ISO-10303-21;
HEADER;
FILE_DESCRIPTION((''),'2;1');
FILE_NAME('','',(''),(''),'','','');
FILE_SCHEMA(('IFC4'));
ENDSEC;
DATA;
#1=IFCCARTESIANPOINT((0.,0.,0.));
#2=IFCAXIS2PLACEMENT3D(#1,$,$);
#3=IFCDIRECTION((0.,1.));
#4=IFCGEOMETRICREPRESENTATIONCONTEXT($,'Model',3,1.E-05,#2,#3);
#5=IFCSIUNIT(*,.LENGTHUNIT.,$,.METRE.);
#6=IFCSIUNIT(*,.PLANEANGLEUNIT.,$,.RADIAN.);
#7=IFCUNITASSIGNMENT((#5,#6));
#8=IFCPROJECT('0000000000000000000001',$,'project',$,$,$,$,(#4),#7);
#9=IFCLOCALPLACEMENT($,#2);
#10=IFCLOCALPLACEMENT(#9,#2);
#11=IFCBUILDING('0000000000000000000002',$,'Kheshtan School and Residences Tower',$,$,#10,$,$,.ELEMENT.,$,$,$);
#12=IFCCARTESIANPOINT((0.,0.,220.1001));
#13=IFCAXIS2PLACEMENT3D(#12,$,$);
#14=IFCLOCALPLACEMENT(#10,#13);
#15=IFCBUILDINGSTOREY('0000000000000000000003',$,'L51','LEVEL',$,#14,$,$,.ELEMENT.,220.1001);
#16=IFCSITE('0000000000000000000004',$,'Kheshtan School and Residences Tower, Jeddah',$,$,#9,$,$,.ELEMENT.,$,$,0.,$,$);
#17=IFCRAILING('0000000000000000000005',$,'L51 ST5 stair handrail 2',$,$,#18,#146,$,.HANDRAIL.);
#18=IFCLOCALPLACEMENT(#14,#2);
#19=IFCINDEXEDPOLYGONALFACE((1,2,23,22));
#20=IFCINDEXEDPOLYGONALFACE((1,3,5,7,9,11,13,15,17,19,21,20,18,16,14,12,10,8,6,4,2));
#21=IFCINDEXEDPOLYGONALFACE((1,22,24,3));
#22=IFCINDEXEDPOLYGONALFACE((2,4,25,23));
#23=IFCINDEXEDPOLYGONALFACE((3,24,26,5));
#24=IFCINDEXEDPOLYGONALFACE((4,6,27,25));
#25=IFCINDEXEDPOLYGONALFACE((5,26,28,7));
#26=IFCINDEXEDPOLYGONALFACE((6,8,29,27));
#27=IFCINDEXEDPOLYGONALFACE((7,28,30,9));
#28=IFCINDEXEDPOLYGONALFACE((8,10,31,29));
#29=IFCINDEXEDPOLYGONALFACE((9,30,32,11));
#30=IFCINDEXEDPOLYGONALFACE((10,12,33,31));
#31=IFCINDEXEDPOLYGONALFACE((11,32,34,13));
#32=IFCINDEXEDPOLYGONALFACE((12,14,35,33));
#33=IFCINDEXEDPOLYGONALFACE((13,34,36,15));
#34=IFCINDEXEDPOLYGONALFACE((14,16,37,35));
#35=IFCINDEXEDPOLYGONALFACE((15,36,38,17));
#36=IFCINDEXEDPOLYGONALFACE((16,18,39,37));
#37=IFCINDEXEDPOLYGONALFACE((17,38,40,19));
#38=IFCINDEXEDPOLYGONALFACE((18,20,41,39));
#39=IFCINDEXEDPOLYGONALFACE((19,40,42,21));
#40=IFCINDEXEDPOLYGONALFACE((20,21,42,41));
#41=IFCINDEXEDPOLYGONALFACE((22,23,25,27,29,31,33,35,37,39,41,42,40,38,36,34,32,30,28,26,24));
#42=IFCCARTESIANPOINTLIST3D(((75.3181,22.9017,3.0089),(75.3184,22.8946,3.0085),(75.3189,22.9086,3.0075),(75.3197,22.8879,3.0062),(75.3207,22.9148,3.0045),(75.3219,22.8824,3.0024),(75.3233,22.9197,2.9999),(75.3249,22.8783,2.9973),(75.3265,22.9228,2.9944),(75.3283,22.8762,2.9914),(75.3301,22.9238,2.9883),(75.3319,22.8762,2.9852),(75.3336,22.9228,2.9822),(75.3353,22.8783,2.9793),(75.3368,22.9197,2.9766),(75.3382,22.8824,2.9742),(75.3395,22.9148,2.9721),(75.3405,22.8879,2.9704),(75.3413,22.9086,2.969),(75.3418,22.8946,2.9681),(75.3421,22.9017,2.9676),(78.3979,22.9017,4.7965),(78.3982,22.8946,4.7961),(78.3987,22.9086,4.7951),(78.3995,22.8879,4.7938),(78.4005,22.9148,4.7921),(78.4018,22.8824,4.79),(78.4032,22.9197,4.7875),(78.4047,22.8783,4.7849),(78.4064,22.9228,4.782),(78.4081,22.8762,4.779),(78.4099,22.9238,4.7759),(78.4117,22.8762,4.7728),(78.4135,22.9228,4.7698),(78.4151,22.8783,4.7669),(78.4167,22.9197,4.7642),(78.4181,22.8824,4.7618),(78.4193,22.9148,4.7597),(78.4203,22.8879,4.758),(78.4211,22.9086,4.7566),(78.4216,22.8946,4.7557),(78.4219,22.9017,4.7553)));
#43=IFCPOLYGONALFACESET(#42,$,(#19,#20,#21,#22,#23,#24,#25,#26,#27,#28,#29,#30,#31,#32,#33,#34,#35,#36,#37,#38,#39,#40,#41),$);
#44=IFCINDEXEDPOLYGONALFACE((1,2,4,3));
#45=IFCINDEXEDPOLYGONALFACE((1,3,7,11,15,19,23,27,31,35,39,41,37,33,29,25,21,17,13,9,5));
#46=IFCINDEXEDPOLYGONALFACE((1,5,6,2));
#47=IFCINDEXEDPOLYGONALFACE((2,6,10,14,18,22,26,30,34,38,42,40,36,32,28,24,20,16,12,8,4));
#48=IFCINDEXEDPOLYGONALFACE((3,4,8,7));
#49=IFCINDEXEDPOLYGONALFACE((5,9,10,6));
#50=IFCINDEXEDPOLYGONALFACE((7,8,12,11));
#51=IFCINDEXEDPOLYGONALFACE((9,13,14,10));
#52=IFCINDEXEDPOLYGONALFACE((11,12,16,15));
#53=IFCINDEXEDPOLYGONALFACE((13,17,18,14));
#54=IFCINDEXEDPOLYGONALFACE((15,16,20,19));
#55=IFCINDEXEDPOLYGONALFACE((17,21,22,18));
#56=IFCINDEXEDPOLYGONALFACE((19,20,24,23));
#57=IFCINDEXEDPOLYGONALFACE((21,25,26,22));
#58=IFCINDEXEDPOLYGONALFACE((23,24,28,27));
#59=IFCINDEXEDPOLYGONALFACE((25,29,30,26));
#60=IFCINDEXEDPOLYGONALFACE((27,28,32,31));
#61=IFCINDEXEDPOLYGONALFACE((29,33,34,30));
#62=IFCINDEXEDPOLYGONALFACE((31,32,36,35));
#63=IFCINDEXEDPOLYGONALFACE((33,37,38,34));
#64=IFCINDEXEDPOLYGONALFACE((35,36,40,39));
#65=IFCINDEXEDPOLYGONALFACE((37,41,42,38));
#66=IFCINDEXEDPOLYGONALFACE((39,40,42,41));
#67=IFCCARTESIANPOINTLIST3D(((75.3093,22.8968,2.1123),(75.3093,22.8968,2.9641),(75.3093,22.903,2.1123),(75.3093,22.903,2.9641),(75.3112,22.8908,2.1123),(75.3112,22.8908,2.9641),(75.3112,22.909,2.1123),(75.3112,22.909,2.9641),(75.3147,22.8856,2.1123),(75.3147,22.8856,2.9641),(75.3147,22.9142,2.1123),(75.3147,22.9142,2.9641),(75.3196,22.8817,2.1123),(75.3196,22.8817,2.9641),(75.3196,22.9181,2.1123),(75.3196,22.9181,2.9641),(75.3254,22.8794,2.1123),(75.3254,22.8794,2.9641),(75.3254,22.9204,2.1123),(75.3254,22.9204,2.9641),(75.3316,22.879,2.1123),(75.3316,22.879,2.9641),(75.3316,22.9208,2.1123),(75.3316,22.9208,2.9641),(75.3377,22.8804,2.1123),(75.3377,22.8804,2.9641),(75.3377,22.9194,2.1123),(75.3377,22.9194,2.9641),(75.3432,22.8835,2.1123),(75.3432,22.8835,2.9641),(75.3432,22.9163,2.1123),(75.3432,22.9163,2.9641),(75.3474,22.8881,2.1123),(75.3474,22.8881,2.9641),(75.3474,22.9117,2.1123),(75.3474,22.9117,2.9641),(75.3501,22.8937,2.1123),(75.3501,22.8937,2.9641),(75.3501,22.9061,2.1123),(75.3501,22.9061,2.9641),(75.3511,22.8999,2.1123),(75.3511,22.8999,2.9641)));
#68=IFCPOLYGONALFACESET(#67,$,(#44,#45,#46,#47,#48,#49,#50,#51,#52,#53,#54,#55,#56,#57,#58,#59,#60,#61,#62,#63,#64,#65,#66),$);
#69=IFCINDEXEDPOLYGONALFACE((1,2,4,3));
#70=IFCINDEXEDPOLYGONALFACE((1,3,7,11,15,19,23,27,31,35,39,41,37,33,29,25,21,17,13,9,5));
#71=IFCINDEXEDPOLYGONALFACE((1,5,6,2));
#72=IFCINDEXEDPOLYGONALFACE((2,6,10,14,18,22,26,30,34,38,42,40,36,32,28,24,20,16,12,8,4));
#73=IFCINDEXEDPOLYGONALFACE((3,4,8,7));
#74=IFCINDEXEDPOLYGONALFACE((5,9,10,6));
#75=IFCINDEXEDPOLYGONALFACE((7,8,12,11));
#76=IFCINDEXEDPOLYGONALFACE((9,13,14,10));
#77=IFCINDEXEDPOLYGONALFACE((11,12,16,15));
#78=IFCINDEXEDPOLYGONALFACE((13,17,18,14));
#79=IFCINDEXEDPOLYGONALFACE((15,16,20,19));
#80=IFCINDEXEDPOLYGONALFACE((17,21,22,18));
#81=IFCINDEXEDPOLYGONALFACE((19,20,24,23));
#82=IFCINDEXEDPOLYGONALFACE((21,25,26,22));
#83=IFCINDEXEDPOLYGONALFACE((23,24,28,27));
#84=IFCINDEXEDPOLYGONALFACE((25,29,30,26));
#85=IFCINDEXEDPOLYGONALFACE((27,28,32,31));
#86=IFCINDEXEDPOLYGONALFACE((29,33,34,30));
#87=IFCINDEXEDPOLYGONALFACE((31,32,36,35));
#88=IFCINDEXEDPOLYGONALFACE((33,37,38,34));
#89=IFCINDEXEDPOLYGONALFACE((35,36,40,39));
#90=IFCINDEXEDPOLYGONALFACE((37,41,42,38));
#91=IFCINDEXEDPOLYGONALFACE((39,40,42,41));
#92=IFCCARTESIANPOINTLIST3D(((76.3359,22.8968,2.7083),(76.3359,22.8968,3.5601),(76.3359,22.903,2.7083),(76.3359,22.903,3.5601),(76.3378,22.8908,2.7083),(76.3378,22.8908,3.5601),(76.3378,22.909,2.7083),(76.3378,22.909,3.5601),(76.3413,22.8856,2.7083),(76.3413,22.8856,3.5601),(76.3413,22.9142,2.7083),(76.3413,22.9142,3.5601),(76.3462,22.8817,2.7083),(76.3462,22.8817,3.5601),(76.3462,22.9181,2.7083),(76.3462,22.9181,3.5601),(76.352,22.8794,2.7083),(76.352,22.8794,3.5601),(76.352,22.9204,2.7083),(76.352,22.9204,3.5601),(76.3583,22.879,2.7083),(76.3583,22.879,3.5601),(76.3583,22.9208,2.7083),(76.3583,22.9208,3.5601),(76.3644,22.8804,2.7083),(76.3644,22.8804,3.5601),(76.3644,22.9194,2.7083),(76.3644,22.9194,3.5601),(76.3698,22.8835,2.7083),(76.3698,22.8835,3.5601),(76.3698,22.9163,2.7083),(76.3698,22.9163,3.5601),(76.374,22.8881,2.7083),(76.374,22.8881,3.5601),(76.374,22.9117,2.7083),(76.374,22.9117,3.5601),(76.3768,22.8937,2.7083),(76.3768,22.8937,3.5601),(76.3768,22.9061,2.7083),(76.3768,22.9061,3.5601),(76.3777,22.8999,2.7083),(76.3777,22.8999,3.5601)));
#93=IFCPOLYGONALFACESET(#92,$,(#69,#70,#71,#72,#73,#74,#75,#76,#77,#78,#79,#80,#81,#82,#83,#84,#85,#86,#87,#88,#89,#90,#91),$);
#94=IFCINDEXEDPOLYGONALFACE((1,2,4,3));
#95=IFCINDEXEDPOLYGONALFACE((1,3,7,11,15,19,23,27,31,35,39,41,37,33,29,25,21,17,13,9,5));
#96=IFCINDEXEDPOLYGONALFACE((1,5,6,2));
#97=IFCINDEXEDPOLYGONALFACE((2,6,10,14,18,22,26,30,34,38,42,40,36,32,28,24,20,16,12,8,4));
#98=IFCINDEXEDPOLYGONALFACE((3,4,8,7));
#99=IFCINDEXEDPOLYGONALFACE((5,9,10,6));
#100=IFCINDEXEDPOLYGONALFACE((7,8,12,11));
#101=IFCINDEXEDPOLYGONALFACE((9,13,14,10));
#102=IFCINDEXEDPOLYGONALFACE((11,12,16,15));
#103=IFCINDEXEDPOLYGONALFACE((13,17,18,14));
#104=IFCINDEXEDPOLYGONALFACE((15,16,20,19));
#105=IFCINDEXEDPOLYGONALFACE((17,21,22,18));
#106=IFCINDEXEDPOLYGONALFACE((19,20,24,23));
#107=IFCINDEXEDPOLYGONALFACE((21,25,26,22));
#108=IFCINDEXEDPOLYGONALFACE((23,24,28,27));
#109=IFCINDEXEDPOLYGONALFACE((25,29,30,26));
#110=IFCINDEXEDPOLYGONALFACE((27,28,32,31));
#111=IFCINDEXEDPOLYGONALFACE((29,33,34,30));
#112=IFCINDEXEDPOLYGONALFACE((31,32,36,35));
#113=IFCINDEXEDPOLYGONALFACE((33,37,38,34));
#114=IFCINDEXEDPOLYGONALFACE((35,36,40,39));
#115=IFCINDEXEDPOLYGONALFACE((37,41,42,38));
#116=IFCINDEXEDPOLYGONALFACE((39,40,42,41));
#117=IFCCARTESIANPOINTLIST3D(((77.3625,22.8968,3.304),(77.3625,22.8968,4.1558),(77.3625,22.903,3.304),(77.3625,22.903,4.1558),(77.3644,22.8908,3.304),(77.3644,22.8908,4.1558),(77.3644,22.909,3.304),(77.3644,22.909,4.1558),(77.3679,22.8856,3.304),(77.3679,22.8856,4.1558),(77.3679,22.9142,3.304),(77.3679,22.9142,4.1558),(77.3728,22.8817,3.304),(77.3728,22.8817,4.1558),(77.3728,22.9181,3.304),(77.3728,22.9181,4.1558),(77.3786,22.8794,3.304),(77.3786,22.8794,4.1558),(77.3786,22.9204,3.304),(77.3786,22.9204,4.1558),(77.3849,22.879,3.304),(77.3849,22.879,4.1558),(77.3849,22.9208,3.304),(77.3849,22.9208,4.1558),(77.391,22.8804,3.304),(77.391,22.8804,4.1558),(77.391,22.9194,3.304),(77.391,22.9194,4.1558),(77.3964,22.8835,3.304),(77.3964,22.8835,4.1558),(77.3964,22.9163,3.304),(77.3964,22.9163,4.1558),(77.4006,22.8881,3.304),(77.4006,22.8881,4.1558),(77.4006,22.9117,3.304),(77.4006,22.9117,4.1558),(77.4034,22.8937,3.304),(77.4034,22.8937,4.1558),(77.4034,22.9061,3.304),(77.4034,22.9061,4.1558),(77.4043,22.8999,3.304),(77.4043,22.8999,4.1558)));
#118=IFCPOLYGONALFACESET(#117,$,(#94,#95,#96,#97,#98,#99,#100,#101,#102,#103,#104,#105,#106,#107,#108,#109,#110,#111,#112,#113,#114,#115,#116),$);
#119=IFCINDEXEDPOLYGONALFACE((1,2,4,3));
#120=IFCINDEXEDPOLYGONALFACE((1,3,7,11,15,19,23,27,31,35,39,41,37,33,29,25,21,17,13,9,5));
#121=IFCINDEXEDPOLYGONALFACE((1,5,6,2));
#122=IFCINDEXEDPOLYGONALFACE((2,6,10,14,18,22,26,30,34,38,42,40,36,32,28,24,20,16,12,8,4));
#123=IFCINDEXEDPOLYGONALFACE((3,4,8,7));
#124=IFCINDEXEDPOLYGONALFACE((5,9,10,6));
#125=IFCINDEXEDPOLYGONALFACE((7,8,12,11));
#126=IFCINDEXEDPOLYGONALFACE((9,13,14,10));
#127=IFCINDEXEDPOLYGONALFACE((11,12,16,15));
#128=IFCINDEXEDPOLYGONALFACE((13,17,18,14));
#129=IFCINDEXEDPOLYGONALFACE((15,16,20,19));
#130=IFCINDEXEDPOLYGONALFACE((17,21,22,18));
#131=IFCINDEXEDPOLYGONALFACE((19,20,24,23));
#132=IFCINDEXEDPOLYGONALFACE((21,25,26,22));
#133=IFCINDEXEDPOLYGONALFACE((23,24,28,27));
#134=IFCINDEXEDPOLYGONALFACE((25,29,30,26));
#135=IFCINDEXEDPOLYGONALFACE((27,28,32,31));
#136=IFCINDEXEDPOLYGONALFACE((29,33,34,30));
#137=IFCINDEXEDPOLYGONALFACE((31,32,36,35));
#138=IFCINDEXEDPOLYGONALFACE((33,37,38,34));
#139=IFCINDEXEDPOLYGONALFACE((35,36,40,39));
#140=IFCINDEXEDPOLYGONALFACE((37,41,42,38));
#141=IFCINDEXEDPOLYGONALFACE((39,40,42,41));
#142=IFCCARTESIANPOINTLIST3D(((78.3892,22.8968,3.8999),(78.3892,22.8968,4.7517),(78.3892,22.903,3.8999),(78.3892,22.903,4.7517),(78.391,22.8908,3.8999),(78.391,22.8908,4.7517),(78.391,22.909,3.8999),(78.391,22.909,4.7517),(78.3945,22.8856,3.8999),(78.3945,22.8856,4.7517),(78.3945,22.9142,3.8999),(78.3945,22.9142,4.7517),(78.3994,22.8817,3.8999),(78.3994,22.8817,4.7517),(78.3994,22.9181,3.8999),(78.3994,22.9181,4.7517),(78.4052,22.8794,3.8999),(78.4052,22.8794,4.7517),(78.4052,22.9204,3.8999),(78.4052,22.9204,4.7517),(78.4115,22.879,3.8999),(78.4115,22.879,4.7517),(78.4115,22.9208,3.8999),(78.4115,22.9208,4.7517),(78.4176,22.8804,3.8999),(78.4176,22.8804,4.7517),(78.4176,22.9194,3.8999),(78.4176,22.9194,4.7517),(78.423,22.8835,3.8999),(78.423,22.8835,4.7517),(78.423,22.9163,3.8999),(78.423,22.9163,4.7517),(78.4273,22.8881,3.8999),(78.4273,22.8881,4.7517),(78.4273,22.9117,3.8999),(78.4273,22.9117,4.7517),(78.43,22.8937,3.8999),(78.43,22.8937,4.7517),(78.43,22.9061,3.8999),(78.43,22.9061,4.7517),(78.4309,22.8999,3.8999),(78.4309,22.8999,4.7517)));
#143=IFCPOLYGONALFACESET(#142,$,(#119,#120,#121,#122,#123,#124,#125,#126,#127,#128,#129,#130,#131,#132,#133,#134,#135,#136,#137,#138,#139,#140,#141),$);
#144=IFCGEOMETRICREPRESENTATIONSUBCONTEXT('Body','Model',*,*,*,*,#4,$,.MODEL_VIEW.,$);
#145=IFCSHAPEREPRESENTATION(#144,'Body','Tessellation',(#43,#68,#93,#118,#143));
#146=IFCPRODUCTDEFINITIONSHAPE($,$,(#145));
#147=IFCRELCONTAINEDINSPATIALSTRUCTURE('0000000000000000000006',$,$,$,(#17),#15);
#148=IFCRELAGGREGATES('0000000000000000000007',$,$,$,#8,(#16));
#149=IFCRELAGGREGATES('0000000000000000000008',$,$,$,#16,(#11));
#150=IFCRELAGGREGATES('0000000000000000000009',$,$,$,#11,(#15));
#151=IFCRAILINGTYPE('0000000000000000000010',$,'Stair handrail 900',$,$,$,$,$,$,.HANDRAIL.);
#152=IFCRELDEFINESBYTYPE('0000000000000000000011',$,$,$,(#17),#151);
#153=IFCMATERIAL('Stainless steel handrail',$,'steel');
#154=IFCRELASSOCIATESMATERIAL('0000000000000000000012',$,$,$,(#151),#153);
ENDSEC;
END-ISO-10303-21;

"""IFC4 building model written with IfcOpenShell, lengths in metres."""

from ifc_helpers import new_model, si_unit, direction, frame, origin, origin_2d, place, context, subcontext, project, spatial, circle, extrude, material, type_object, element, save


model = new_model("IFC4")

# Units and contexts
model_context = context("Model", 3, precision=1e-05, world=origin(), true_north=direction((0.0, 1.0)))
body_context = subcontext(model_context, "Body", "Model", "MODEL_VIEW")
ifc_project = project(units=[si_unit("LENGTHUNIT", "METRE"), si_unit("PLANEANGLEUNIT", "RADIAN")], contexts=[model_context])

# Site, building, storey
site_placement = place(None, origin())
site = spatial("IfcSite", under=ifc_project, at=site_placement, Name="Kheshtan School and Residences Tower, Jeddah", CompositionType="ELEMENT", RefElevation=0.0)
building_placement = place(site_placement, origin())
building = spatial("IfcBuilding", under=site, at=building_placement, Name="Kheshtan School and Residences Tower", CompositionType="ELEMENT")
storey_placement = place(building_placement, frame((0.0, 0.0, 220.1001)))
storey = spatial("IfcBuildingStorey", under=building, at=storey_placement, Name="L51", Description="LEVEL", CompositionType="ELEMENT", Elevation=220.1001)

# Railing
ifc_material_1 = material(Name="Stainless steel handrail", Category="steel")
railing_type_1 = type_object("IfcRailingType", Name="Stair handrail 900", PredefinedType="HANDRAIL", material=ifc_material_1)
railing_1_placement = place(storey_placement, frame((75.3301, 22.8999, 2.1123)))
element("IfcRailing", 1, at=railing_1_placement, inside=storey, type_object=railing_type_1, Name="L51 ST5 stair handrail 2", PredefinedType="HANDRAIL", context=body_context, shape_type="SweptSolid", body=[
    extrude(circle(Radius=0.0239, at=origin_2d()), frame((0.0, 0.0, 0.876), z_axis=(0.864873, 0.0, 0.50199), x_axis=(0.0, 1.0, 0.0)), (0.0, 0.0, 1.0), 3.561),
    extrude(circle(Radius=0.021, at=origin_2d()), origin(), (0.0, 0.0, 1.0), 0.8518),
    extrude(circle(Radius=0.021, at=origin_2d()), frame((1.0266, 0.0, 0.5959)), (0.0, 0.0, 1.0), 0.8518),
    extrude(circle(Radius=0.021, at=origin_2d()), frame((2.0532, 0.0, 1.1917)), (0.0, 0.0, 1.0), 0.8518),
    extrude(circle(Radius=0.021, at=origin_2d()), frame((3.0798, 0.0, 1.7876)), (0.0, 0.0, 1.0), 0.8518),
])

save(model, "model.ifc")
